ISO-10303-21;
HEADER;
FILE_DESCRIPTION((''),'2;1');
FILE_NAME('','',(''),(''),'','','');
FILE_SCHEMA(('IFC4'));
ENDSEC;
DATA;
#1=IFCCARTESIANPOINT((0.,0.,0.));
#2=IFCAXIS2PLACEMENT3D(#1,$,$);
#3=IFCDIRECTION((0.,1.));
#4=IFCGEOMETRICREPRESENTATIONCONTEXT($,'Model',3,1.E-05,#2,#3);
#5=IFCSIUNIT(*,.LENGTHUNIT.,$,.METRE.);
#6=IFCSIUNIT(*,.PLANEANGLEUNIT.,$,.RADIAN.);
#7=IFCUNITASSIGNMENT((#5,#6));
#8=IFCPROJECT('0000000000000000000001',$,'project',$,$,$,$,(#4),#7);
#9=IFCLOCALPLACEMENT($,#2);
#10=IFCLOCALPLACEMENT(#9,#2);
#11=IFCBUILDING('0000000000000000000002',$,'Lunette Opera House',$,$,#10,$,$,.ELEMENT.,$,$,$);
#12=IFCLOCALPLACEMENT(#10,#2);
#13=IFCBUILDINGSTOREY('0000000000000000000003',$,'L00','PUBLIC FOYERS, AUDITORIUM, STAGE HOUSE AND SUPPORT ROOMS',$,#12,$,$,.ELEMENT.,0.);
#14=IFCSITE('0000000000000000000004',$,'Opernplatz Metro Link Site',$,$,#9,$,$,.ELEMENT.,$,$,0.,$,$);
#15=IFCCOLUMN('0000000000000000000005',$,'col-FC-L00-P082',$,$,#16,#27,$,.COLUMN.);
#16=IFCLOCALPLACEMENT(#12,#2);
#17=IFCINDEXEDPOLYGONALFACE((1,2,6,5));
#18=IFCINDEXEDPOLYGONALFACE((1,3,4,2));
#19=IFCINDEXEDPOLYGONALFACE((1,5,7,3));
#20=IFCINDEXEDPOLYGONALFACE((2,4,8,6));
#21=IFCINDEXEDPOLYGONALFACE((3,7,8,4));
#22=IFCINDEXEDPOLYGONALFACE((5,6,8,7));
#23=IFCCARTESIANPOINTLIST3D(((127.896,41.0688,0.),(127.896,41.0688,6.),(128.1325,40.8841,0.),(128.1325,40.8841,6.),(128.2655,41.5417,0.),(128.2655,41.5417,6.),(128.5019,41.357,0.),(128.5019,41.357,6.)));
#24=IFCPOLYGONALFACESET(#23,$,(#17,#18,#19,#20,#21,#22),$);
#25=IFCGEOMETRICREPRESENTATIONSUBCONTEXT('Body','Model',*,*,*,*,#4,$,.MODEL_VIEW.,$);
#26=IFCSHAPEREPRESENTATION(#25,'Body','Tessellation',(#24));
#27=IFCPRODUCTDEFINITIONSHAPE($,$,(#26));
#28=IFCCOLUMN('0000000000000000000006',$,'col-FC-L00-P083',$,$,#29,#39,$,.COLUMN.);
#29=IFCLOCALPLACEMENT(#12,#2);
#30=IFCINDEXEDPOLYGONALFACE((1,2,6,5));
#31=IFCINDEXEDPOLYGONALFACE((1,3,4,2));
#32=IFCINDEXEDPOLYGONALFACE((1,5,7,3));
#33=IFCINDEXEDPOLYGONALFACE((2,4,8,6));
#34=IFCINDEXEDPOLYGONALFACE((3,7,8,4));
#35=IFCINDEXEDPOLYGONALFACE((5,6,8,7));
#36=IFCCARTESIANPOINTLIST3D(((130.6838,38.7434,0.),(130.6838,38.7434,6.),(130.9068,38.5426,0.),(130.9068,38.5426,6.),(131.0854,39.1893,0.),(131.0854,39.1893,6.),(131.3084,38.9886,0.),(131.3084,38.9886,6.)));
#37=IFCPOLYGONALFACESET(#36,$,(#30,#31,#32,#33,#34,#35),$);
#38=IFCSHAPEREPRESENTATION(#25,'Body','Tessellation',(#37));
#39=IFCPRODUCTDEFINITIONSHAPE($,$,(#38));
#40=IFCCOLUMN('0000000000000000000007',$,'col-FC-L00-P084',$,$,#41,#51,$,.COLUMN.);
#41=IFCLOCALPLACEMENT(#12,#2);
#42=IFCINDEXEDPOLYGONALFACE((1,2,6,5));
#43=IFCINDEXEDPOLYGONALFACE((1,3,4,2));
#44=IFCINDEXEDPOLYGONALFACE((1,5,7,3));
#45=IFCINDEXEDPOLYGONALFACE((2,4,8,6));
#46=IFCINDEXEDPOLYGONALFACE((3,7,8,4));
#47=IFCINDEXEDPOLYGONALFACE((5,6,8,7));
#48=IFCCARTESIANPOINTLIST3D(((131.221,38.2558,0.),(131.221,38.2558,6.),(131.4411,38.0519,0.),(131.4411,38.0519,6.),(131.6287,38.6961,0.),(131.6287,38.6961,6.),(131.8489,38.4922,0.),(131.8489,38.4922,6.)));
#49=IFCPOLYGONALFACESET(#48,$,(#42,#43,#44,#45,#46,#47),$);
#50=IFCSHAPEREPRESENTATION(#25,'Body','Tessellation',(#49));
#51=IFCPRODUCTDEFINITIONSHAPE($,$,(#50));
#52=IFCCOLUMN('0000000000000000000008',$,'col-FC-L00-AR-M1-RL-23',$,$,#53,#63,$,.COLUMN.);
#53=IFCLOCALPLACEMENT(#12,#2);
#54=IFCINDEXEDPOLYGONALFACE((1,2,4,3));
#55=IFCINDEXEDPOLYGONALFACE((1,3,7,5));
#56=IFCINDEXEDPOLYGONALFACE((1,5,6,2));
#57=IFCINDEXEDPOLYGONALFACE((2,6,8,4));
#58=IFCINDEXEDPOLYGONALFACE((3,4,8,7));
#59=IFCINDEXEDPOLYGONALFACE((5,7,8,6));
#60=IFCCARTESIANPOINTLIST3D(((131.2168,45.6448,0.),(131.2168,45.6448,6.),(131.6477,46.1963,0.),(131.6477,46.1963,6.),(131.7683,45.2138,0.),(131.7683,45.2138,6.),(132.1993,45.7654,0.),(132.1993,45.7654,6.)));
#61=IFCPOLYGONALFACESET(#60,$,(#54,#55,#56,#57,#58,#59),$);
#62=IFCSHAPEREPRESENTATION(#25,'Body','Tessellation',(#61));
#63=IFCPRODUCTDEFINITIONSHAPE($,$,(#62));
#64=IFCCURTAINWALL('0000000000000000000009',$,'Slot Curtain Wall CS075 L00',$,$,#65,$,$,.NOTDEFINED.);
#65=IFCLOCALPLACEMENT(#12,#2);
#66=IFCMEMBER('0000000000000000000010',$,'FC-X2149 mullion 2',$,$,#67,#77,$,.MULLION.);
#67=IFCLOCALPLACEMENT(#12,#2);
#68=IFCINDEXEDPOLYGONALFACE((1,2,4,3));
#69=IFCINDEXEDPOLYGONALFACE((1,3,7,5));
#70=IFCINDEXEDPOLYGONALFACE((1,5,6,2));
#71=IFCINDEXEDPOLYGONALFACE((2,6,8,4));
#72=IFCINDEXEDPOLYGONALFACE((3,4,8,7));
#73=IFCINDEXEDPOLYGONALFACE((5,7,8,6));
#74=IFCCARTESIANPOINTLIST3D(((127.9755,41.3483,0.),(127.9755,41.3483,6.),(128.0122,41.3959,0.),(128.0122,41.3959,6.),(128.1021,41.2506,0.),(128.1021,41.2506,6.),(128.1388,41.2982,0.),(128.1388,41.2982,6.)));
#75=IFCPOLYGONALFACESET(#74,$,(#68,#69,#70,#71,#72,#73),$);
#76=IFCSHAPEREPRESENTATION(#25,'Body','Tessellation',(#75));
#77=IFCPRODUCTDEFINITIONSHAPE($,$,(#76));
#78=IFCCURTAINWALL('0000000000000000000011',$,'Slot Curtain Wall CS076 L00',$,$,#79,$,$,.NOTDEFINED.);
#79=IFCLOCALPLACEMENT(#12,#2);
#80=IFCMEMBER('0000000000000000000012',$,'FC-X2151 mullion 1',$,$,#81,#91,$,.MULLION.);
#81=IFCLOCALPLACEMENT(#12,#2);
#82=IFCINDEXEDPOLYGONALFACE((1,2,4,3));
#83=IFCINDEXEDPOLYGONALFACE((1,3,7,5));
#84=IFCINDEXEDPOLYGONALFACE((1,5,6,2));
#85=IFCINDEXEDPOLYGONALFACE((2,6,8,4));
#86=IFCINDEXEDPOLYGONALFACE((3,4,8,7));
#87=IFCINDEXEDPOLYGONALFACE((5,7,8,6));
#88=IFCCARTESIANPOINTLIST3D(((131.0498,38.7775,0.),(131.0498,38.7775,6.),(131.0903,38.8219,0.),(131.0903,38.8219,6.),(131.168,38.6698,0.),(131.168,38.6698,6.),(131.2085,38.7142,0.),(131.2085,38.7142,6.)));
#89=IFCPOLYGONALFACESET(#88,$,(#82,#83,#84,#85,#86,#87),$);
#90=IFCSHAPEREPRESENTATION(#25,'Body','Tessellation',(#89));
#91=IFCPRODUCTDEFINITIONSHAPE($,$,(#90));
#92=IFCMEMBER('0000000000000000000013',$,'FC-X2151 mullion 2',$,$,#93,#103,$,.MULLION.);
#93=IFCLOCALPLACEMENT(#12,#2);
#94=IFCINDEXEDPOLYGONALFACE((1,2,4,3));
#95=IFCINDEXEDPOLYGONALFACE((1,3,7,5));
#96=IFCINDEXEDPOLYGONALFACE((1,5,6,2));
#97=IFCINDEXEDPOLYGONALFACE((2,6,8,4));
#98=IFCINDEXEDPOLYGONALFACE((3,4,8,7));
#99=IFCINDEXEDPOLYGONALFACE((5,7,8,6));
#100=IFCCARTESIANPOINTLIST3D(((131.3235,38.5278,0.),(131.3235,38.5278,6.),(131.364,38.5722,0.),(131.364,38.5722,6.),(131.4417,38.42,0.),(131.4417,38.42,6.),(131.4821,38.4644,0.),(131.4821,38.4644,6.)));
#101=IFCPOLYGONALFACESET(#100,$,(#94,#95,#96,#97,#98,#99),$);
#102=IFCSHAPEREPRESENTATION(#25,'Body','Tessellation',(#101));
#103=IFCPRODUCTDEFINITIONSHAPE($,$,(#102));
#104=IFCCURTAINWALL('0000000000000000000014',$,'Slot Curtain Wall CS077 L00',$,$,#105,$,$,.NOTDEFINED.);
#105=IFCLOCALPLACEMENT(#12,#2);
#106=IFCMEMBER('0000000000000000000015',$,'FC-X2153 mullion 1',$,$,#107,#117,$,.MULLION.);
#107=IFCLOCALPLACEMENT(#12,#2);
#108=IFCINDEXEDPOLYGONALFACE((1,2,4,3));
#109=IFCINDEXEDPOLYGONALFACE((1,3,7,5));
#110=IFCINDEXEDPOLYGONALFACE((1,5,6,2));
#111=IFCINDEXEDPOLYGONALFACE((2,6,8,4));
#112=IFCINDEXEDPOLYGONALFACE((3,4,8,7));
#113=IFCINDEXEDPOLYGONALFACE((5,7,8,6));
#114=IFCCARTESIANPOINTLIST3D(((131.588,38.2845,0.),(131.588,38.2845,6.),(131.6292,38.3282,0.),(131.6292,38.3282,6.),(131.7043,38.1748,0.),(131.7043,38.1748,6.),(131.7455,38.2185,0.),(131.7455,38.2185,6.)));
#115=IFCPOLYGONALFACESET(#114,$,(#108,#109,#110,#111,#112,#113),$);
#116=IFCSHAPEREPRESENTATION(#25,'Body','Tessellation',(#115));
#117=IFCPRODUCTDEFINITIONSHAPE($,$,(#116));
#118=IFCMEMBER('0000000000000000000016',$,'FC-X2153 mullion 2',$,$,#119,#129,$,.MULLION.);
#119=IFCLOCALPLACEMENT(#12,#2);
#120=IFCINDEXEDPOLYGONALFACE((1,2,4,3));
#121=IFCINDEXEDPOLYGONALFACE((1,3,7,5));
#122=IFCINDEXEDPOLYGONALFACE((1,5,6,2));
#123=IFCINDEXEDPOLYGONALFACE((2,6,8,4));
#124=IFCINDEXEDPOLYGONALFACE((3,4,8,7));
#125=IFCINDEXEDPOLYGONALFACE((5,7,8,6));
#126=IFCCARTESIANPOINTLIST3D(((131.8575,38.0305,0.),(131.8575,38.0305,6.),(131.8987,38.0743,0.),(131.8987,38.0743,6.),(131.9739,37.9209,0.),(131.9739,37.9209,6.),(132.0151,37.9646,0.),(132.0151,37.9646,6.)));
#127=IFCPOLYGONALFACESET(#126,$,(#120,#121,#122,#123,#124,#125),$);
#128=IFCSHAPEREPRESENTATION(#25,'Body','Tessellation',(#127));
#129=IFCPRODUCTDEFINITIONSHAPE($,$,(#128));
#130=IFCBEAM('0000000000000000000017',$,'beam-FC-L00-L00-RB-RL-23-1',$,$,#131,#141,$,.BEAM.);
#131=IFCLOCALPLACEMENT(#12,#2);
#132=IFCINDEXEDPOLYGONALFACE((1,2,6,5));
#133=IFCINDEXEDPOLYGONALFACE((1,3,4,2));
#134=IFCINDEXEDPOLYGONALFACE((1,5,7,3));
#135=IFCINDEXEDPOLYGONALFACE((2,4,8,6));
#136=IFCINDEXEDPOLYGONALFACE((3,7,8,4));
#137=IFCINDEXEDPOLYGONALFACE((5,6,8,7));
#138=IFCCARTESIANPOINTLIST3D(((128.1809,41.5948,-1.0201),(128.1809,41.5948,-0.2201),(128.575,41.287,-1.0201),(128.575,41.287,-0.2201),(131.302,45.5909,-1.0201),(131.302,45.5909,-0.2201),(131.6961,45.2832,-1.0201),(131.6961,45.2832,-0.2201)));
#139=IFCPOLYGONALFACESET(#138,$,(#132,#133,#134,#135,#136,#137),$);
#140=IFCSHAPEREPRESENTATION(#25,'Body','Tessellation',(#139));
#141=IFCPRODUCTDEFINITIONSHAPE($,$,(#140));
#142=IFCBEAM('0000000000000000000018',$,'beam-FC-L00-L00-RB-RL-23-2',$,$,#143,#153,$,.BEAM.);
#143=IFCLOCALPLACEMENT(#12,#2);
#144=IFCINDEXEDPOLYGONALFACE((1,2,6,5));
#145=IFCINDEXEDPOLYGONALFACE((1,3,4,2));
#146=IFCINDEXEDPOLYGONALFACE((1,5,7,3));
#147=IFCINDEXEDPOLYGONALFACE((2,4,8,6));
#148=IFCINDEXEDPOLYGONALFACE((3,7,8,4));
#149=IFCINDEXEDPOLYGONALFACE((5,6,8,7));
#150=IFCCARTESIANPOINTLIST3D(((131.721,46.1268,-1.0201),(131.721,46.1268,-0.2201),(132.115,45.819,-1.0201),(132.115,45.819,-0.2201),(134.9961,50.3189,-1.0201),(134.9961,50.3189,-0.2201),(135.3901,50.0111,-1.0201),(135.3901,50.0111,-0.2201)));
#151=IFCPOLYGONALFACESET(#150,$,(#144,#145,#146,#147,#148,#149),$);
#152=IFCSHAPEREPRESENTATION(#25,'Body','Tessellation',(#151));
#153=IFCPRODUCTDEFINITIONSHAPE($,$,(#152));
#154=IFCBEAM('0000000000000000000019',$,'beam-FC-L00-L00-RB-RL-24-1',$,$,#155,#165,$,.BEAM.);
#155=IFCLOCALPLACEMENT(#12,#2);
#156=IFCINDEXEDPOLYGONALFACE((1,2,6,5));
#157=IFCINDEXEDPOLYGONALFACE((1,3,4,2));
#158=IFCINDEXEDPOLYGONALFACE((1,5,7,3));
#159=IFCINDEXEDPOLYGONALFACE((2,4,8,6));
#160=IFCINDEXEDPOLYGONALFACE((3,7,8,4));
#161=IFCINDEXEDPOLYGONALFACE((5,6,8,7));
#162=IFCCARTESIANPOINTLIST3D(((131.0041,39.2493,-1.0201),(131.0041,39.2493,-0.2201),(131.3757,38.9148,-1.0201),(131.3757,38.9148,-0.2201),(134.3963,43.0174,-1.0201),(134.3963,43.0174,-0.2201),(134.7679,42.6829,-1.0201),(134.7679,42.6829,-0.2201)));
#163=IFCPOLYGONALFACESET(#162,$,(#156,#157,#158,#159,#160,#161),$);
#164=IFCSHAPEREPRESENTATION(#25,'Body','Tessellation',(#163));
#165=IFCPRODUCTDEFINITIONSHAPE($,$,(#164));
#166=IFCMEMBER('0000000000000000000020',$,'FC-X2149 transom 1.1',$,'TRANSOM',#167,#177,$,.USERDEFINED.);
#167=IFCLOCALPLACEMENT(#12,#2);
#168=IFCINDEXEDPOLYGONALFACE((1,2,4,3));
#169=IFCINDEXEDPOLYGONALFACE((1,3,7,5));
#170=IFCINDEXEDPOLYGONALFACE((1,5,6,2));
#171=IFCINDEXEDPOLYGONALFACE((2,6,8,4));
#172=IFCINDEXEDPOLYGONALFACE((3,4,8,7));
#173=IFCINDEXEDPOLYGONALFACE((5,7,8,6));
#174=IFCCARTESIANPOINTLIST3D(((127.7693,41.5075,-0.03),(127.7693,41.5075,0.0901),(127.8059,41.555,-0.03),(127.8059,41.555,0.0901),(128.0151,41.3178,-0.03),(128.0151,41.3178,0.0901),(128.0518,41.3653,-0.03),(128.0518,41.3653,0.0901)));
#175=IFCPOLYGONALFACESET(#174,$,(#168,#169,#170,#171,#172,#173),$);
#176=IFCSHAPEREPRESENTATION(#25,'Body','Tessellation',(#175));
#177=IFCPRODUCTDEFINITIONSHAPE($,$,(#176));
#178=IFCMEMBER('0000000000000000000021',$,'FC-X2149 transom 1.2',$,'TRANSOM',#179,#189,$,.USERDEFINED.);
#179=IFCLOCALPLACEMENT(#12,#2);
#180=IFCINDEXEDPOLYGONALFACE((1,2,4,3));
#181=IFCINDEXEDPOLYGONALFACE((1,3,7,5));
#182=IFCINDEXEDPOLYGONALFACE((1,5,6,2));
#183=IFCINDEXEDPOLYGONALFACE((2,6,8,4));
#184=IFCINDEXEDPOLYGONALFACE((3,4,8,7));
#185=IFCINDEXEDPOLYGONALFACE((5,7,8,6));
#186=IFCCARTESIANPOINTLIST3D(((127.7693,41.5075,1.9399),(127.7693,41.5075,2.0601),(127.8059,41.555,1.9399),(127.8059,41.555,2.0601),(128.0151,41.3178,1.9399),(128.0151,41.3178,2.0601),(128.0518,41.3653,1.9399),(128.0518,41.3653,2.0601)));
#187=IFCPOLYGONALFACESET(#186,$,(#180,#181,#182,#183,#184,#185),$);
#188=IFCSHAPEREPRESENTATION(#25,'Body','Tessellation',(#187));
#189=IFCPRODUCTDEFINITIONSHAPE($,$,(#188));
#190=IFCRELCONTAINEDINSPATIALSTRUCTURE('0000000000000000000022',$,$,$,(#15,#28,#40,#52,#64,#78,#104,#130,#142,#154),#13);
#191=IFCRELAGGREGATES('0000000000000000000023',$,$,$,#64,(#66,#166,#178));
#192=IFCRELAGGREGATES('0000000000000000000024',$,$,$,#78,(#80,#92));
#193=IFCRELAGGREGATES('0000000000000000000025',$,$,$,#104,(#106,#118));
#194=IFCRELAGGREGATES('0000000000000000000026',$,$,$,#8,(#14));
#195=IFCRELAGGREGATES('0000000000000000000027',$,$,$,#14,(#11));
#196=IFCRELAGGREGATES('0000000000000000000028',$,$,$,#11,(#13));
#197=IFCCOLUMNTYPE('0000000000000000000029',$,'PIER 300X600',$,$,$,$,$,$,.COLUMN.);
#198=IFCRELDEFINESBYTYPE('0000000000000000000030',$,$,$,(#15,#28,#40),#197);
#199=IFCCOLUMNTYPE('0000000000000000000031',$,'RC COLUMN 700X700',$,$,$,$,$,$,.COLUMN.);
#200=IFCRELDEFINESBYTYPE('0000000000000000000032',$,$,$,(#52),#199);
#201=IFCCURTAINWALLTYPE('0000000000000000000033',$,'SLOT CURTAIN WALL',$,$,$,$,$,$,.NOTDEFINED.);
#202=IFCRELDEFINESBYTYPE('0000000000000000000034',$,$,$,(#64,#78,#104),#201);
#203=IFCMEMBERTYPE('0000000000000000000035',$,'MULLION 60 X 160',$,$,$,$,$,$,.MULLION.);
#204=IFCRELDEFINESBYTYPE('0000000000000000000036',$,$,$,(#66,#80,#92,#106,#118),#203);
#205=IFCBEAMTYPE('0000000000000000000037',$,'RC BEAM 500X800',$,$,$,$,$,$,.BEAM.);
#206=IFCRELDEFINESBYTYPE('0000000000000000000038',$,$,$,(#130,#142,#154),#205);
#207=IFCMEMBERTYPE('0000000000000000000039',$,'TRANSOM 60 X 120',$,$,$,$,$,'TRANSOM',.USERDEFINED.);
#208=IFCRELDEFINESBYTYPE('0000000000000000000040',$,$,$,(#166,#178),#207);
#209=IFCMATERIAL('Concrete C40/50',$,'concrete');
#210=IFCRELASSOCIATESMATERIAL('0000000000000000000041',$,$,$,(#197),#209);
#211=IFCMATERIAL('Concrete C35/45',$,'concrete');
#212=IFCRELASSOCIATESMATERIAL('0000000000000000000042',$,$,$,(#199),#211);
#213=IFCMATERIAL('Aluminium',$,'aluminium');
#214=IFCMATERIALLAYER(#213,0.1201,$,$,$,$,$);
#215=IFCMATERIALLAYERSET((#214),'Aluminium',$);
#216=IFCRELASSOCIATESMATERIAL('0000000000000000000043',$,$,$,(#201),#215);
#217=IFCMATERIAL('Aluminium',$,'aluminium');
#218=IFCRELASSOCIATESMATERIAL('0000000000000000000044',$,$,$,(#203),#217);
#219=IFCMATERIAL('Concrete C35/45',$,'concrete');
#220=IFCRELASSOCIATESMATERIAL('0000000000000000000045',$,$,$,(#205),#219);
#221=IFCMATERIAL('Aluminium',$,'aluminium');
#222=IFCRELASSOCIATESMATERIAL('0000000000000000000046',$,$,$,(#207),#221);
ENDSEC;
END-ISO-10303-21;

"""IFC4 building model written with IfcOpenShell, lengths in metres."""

from ifc_helpers import new_model, si_unit, direction, frame, origin, origin_2d, place, context, subcontext, project, spatial, rectangle, extrude, material, layer, layer_set, material_profile, profile_set, type_object, element, aggregate, save


model = new_model("IFC4")

# Units and contexts
model_context = context("Model", 3, precision=1e-05, world=origin(), true_north=direction((0.0, 1.0)))
body_context = subcontext(model_context, "Body", "Model", "MODEL_VIEW")
ifc_project = project(units=[si_unit("LENGTHUNIT", "METRE"), si_unit("PLANEANGLEUNIT", "RADIAN")], contexts=[model_context])

# Site, building, storey
site_placement = place(None, origin())
site = spatial("IfcSite", under=ifc_project, at=site_placement, Name="Opernplatz Metro Link Site", CompositionType="ELEMENT", RefElevation=0.0)
building_placement = place(site_placement, origin())
building = spatial("IfcBuilding", under=site, at=building_placement, Name="Lunette Opera House", CompositionType="ELEMENT")
storey_placement = place(building_placement, origin())
storey = spatial("IfcBuildingStorey", under=building, at=storey_placement, Name="L00", Description="PUBLIC FOYERS, AUDITORIUM, STAGE HOUSE AND SUPPORT ROOMS", CompositionType="ELEMENT", Elevation=0.0)

# Columns
ifc_material_1 = material(Name="Concrete C40/50", Category="concrete")
ifc_material_profile_1 = material_profile(ifc_material_1, rectangle(XDim=0.3, YDim=0.6001, at=origin_2d()), Name="PIER 300X600")
ifc_profile_set_1 = profile_set([ifc_material_profile_1], Name="Concrete C40/50")
column_type_1 = type_object("IfcColumnType", Name="PIER 300X600", PredefinedType="COLUMN", material=ifc_profile_set_1)
for number, where, z_axis, x_axis, name in (
    (1, (128.199, 41.2129, 0.0), (0.0, 0.0, 1.0), (0.788011, -0.615661, 0.0), "col-FC-L00-P082"),
    (2, (130.9961, 38.866, 0.0), (0.0, 0.0, 1.0), (0.743145, -0.669131, 0.0), "col-FC-L00-P083"),
    (3, (131.5349, 38.374, 0.0), (0.0, 0.0, 1.0), (0.73373, -0.679441, 0.0), "col-FC-L00-P084"),
):
    element("IfcColumn", number, at=place(storey_placement, frame(where, z_axis=z_axis, x_axis=x_axis)), inside=storey, type_object=column_type_1, Name=name, PredefinedType="COLUMN", context=body_context, shape_type="SweptSolid", body=[
        extrude(rectangle(XDim=0.3, YDim=0.6001, at=origin_2d()), origin(), (0.0, 0.0, 1.0), 6.0),
    ])
ifc_material_2 = material(Name="Concrete C35/45", Category="concrete")
ifc_material_profile_2 = material_profile(ifc_material_2, rectangle(XDim=0.7, YDim=0.7, at=origin_2d()), Name="RC COLUMN 700X700")
ifc_profile_set_2 = profile_set([ifc_material_profile_2], Name="Concrete C35/45")
column_type_2 = type_object("IfcColumnType", Name="RC COLUMN 700X700", PredefinedType="COLUMN", material=ifc_profile_set_2)
column_placement = place(storey_placement, frame((131.708, 45.7051, 0.0), z_axis=(0.0, 0.0, 1.0), x_axis=(0.788011, -0.615661, 0.0)))
element("IfcColumn", 4, at=column_placement, inside=storey, type_object=column_type_2, Name="col-FC-L00-AR-M1-RL-23", PredefinedType="COLUMN", context=body_context, shape_type="SweptSolid", body=[
    extrude(rectangle(XDim=0.7, YDim=0.7, at=origin_2d()), origin(), (0.0, 0.0, 1.0), 6.0),
])

# Curtain wall, member
ifc_material_3 = material(Name="Aluminium", Category="aluminium")
ifc_layer_1 = layer(ifc_material_3, 0.1201)
ifc_layer_set_1 = layer_set([ifc_layer_1], Name="Aluminium")
curtain_wall_type = type_object("IfcCurtainWallType", Name="SLOT CURTAIN WALL", PredefinedType="NOTDEFINED", material=ifc_layer_set_1)
curtain_wall_1_placement = place(storey_placement, origin())
curtain_wall_1 = element("IfcCurtainWall", 5, at=curtain_wall_1_placement, inside=storey, type_object=curtain_wall_type, Name="Slot Curtain Wall CS075 L00", PredefinedType="NOTDEFINED")
ifc_material_4 = material(Name="Aluminium", Category="aluminium")
ifc_material_profile_3 = material_profile(ifc_material_4, rectangle(XDim=0.0601, YDim=0.1599, at=origin_2d()), Name="MULLION 60 X 160")
ifc_profile_set_3 = profile_set([ifc_material_profile_3], Name="Aluminium")
member_type_1 = type_object("IfcMemberType", Name="MULLION 60 X 160", PredefinedType="MULLION", material=ifc_profile_set_3)
member_1_placement = place(storey_placement, frame((128.0571, 41.3232, 0.0), z_axis=(0.0, 0.0, 1.0), x_axis=(0.61072, 0.791846, 0.0)))
member_1 = element("IfcMember", 6, at=member_1_placement, type_object=member_type_1, Name="FC-X2149 mullion 2", PredefinedType="MULLION", context=body_context, shape_type="SweptSolid", body=[
    extrude(rectangle(XDim=0.0601, YDim=0.1599, at=origin_2d()), origin(), (0.0, 0.0, 1.0), 6.0),
])

# Curtain walls, members
curtain_wall_2_placement = place(storey_placement, origin())
curtain_wall_2 = element("IfcCurtainWall", 7, at=curtain_wall_2_placement, inside=storey, type_object=curtain_wall_type, Name="Slot Curtain Wall CS076 L00", PredefinedType="NOTDEFINED")
member_2_placement = place(storey_placement, frame((131.1292, 38.7458, 0.0), z_axis=(0.0, 0.0, 1.0), x_axis=(0.673828, 0.738888, 0.0)))
member_2 = element("IfcMember", 8, at=member_2_placement, type_object=member_type_1, Name="FC-X2151 mullion 1", PredefinedType="MULLION", context=body_context, shape_type="SweptSolid", body=[
    extrude(rectangle(XDim=0.0601, YDim=0.1599, at=origin_2d()), origin(), (0.0, 0.0, 1.0), 6.0),
])
member_3_placement = place(storey_placement, frame((131.4028, 38.4961, 0.0), z_axis=(0.0, 0.0, 1.0), x_axis=(0.673828, 0.738888, 0.0)))
member_3 = element("IfcMember", 9, at=member_3_placement, type_object=member_type_1, Name="FC-X2151 mullion 2", PredefinedType="MULLION", context=body_context, shape_type="SweptSolid", body=[
    extrude(rectangle(XDim=0.0601, YDim=0.1599, at=origin_2d()), origin(), (0.0, 0.0, 1.0), 6.0),
])
curtain_wall_3_placement = place(storey_placement, origin())
curtain_wall_3 = element("IfcCurtainWall", 10, at=curtain_wall_3_placement, inside=storey, type_object=curtain_wall_type, Name="Slot Curtain Wall CS077 L00", PredefinedType="NOTDEFINED")
member_4_placement = place(storey_placement, frame((131.6667, 38.2515, 0.0), z_axis=(0.0, 0.0, 1.0), x_axis=(0.685872, 0.727722, 0.0)))
member_4 = element("IfcMember", 11, at=member_4_placement, type_object=member_type_1, Name="FC-X2153 mullion 1", PredefinedType="MULLION", context=body_context, shape_type="SweptSolid", body=[
    extrude(rectangle(XDim=0.0601, YDim=0.1599, at=origin_2d()), origin(), (0.0, 0.0, 1.0), 6.0),
])
member_5_placement = place(storey_placement, frame((131.9363, 37.9976, 0.0), z_axis=(0.0, 0.0, 1.0), x_axis=(0.685872, 0.727722, 0.0)))
member_5 = element("IfcMember", 12, at=member_5_placement, type_object=member_type_1, Name="FC-X2153 mullion 2", PredefinedType="MULLION", context=body_context, shape_type="SweptSolid", body=[
    extrude(rectangle(XDim=0.0601, YDim=0.1599, at=origin_2d()), origin(), (0.0, 0.0, 1.0), 6.0),
])

# Beams
ifc_material_5 = material(Name="Concrete C35/45", Category="concrete")
ifc_material_profile_4 = material_profile(ifc_material_5, rectangle(XDim=0.5, YDim=0.8, at=origin_2d()), Name="RC BEAM 500X800")
ifc_profile_set_4 = profile_set([ifc_material_profile_4], Name="Concrete C35/45")
beam_type = type_object("IfcBeamType", Name="RC BEAM 500X800", PredefinedType="BEAM", material=ifc_profile_set_4)
beam_1_placement = place(storey_placement, frame((128.3779, 41.4409, -0.6201), z_axis=(0.615539, 0.788106, 0.0), x_axis=(-0.788106, 0.615539, 0.0)))
element("IfcBeam", 13, at=beam_1_placement, inside=storey, type_object=beam_type, Name="beam-FC-L00-L00-RB-RL-23-1", PredefinedType="BEAM", context=body_context, shape_type="SweptSolid", body=[
    extrude(rectangle(XDim=0.5, YDim=0.8, at=origin_2d()), origin(), (0.0, 0.0, 1.0), 5.0706),
])
beam_2_placement = place(storey_placement, frame((131.918, 45.9729, -0.6201), z_axis=(0.615648, 0.788021, 0.0), x_axis=(-0.788021, 0.615648, 0.0)))
element("IfcBeam", 14, at=beam_2_placement, inside=storey, type_object=beam_type, Name="beam-FC-L00-L00-RB-RL-23-2", PredefinedType="BEAM", context=body_context, shape_type="SweptSolid", body=[
    extrude(rectangle(XDim=0.5, YDim=0.8, at=origin_2d()), origin(), (0.0, 0.0, 1.0), 5.3198),
])
beam_3_placement = place(storey_placement, frame((131.1899, 39.082, -0.6201), z_axis=(0.669055, 0.743213, 0.0), x_axis=(-0.743213, 0.669055, 0.0)))
element("IfcBeam", 15, at=beam_3_placement, inside=storey, type_object=beam_type, Name="beam-FC-L00-L00-RB-RL-24-1", PredefinedType="BEAM", context=body_context, shape_type="SweptSolid", body=[
    extrude(rectangle(XDim=0.5, YDim=0.8, at=origin_2d()), origin(), (0.0, 0.0, 1.0), 5.0701),
])

# Members
ifc_material_6 = material(Name="Aluminium", Category="aluminium")
ifc_material_profile_5 = material_profile(ifc_material_6, rectangle(XDim=0.0601, YDim=0.1201, at=origin_2d()), Name="TRANSOM 60 X 120")
ifc_profile_set_5 = profile_set([ifc_material_profile_5], Name="Aluminium")
member_type_2 = type_object("IfcMemberType", Name="TRANSOM 60 X 120", ElementType="TRANSOM", PredefinedType="USERDEFINED", material=ifc_profile_set_5)
member_6_placement = place(storey_placement, frame((127.7876, 41.5312, 0.03), z_axis=(0.791717, -0.610888, 0.0), x_axis=(0.610888, 0.791717, 0.0)))
member_6 = element("IfcMember", 16, at=member_6_placement, type_object=member_type_2, Name="FC-X2149 transom 1.1", ObjectType="TRANSOM", PredefinedType="USERDEFINED", context=body_context, shape_type="SweptSolid", body=[
    extrude(rectangle(XDim=0.0601, YDim=0.1201, at=origin_2d()), origin(), (0.0, 0.0, 1.0), 0.3105),
])
member_7_placement = place(storey_placement, frame((127.7876, 41.5312, 2.0), z_axis=(0.791717, -0.610888, 0.0), x_axis=(0.610888, 0.791717, 0.0)))
member_7 = element("IfcMember", 17, at=member_7_placement, type_object=member_type_2, Name="FC-X2149 transom 1.2", ObjectType="TRANSOM", PredefinedType="USERDEFINED", context=body_context, shape_type="SweptSolid", body=[
    extrude(rectangle(XDim=0.0601, YDim=0.1201, at=origin_2d()), origin(), (0.0, 0.0, 1.0), 0.3105),
])

aggregate(curtain_wall_1, [member_1, member_6, member_7])
aggregate(curtain_wall_2, [member_2, member_3])
aggregate(curtain_wall_3, [member_4, member_5])

save(model, "model.ifc")
